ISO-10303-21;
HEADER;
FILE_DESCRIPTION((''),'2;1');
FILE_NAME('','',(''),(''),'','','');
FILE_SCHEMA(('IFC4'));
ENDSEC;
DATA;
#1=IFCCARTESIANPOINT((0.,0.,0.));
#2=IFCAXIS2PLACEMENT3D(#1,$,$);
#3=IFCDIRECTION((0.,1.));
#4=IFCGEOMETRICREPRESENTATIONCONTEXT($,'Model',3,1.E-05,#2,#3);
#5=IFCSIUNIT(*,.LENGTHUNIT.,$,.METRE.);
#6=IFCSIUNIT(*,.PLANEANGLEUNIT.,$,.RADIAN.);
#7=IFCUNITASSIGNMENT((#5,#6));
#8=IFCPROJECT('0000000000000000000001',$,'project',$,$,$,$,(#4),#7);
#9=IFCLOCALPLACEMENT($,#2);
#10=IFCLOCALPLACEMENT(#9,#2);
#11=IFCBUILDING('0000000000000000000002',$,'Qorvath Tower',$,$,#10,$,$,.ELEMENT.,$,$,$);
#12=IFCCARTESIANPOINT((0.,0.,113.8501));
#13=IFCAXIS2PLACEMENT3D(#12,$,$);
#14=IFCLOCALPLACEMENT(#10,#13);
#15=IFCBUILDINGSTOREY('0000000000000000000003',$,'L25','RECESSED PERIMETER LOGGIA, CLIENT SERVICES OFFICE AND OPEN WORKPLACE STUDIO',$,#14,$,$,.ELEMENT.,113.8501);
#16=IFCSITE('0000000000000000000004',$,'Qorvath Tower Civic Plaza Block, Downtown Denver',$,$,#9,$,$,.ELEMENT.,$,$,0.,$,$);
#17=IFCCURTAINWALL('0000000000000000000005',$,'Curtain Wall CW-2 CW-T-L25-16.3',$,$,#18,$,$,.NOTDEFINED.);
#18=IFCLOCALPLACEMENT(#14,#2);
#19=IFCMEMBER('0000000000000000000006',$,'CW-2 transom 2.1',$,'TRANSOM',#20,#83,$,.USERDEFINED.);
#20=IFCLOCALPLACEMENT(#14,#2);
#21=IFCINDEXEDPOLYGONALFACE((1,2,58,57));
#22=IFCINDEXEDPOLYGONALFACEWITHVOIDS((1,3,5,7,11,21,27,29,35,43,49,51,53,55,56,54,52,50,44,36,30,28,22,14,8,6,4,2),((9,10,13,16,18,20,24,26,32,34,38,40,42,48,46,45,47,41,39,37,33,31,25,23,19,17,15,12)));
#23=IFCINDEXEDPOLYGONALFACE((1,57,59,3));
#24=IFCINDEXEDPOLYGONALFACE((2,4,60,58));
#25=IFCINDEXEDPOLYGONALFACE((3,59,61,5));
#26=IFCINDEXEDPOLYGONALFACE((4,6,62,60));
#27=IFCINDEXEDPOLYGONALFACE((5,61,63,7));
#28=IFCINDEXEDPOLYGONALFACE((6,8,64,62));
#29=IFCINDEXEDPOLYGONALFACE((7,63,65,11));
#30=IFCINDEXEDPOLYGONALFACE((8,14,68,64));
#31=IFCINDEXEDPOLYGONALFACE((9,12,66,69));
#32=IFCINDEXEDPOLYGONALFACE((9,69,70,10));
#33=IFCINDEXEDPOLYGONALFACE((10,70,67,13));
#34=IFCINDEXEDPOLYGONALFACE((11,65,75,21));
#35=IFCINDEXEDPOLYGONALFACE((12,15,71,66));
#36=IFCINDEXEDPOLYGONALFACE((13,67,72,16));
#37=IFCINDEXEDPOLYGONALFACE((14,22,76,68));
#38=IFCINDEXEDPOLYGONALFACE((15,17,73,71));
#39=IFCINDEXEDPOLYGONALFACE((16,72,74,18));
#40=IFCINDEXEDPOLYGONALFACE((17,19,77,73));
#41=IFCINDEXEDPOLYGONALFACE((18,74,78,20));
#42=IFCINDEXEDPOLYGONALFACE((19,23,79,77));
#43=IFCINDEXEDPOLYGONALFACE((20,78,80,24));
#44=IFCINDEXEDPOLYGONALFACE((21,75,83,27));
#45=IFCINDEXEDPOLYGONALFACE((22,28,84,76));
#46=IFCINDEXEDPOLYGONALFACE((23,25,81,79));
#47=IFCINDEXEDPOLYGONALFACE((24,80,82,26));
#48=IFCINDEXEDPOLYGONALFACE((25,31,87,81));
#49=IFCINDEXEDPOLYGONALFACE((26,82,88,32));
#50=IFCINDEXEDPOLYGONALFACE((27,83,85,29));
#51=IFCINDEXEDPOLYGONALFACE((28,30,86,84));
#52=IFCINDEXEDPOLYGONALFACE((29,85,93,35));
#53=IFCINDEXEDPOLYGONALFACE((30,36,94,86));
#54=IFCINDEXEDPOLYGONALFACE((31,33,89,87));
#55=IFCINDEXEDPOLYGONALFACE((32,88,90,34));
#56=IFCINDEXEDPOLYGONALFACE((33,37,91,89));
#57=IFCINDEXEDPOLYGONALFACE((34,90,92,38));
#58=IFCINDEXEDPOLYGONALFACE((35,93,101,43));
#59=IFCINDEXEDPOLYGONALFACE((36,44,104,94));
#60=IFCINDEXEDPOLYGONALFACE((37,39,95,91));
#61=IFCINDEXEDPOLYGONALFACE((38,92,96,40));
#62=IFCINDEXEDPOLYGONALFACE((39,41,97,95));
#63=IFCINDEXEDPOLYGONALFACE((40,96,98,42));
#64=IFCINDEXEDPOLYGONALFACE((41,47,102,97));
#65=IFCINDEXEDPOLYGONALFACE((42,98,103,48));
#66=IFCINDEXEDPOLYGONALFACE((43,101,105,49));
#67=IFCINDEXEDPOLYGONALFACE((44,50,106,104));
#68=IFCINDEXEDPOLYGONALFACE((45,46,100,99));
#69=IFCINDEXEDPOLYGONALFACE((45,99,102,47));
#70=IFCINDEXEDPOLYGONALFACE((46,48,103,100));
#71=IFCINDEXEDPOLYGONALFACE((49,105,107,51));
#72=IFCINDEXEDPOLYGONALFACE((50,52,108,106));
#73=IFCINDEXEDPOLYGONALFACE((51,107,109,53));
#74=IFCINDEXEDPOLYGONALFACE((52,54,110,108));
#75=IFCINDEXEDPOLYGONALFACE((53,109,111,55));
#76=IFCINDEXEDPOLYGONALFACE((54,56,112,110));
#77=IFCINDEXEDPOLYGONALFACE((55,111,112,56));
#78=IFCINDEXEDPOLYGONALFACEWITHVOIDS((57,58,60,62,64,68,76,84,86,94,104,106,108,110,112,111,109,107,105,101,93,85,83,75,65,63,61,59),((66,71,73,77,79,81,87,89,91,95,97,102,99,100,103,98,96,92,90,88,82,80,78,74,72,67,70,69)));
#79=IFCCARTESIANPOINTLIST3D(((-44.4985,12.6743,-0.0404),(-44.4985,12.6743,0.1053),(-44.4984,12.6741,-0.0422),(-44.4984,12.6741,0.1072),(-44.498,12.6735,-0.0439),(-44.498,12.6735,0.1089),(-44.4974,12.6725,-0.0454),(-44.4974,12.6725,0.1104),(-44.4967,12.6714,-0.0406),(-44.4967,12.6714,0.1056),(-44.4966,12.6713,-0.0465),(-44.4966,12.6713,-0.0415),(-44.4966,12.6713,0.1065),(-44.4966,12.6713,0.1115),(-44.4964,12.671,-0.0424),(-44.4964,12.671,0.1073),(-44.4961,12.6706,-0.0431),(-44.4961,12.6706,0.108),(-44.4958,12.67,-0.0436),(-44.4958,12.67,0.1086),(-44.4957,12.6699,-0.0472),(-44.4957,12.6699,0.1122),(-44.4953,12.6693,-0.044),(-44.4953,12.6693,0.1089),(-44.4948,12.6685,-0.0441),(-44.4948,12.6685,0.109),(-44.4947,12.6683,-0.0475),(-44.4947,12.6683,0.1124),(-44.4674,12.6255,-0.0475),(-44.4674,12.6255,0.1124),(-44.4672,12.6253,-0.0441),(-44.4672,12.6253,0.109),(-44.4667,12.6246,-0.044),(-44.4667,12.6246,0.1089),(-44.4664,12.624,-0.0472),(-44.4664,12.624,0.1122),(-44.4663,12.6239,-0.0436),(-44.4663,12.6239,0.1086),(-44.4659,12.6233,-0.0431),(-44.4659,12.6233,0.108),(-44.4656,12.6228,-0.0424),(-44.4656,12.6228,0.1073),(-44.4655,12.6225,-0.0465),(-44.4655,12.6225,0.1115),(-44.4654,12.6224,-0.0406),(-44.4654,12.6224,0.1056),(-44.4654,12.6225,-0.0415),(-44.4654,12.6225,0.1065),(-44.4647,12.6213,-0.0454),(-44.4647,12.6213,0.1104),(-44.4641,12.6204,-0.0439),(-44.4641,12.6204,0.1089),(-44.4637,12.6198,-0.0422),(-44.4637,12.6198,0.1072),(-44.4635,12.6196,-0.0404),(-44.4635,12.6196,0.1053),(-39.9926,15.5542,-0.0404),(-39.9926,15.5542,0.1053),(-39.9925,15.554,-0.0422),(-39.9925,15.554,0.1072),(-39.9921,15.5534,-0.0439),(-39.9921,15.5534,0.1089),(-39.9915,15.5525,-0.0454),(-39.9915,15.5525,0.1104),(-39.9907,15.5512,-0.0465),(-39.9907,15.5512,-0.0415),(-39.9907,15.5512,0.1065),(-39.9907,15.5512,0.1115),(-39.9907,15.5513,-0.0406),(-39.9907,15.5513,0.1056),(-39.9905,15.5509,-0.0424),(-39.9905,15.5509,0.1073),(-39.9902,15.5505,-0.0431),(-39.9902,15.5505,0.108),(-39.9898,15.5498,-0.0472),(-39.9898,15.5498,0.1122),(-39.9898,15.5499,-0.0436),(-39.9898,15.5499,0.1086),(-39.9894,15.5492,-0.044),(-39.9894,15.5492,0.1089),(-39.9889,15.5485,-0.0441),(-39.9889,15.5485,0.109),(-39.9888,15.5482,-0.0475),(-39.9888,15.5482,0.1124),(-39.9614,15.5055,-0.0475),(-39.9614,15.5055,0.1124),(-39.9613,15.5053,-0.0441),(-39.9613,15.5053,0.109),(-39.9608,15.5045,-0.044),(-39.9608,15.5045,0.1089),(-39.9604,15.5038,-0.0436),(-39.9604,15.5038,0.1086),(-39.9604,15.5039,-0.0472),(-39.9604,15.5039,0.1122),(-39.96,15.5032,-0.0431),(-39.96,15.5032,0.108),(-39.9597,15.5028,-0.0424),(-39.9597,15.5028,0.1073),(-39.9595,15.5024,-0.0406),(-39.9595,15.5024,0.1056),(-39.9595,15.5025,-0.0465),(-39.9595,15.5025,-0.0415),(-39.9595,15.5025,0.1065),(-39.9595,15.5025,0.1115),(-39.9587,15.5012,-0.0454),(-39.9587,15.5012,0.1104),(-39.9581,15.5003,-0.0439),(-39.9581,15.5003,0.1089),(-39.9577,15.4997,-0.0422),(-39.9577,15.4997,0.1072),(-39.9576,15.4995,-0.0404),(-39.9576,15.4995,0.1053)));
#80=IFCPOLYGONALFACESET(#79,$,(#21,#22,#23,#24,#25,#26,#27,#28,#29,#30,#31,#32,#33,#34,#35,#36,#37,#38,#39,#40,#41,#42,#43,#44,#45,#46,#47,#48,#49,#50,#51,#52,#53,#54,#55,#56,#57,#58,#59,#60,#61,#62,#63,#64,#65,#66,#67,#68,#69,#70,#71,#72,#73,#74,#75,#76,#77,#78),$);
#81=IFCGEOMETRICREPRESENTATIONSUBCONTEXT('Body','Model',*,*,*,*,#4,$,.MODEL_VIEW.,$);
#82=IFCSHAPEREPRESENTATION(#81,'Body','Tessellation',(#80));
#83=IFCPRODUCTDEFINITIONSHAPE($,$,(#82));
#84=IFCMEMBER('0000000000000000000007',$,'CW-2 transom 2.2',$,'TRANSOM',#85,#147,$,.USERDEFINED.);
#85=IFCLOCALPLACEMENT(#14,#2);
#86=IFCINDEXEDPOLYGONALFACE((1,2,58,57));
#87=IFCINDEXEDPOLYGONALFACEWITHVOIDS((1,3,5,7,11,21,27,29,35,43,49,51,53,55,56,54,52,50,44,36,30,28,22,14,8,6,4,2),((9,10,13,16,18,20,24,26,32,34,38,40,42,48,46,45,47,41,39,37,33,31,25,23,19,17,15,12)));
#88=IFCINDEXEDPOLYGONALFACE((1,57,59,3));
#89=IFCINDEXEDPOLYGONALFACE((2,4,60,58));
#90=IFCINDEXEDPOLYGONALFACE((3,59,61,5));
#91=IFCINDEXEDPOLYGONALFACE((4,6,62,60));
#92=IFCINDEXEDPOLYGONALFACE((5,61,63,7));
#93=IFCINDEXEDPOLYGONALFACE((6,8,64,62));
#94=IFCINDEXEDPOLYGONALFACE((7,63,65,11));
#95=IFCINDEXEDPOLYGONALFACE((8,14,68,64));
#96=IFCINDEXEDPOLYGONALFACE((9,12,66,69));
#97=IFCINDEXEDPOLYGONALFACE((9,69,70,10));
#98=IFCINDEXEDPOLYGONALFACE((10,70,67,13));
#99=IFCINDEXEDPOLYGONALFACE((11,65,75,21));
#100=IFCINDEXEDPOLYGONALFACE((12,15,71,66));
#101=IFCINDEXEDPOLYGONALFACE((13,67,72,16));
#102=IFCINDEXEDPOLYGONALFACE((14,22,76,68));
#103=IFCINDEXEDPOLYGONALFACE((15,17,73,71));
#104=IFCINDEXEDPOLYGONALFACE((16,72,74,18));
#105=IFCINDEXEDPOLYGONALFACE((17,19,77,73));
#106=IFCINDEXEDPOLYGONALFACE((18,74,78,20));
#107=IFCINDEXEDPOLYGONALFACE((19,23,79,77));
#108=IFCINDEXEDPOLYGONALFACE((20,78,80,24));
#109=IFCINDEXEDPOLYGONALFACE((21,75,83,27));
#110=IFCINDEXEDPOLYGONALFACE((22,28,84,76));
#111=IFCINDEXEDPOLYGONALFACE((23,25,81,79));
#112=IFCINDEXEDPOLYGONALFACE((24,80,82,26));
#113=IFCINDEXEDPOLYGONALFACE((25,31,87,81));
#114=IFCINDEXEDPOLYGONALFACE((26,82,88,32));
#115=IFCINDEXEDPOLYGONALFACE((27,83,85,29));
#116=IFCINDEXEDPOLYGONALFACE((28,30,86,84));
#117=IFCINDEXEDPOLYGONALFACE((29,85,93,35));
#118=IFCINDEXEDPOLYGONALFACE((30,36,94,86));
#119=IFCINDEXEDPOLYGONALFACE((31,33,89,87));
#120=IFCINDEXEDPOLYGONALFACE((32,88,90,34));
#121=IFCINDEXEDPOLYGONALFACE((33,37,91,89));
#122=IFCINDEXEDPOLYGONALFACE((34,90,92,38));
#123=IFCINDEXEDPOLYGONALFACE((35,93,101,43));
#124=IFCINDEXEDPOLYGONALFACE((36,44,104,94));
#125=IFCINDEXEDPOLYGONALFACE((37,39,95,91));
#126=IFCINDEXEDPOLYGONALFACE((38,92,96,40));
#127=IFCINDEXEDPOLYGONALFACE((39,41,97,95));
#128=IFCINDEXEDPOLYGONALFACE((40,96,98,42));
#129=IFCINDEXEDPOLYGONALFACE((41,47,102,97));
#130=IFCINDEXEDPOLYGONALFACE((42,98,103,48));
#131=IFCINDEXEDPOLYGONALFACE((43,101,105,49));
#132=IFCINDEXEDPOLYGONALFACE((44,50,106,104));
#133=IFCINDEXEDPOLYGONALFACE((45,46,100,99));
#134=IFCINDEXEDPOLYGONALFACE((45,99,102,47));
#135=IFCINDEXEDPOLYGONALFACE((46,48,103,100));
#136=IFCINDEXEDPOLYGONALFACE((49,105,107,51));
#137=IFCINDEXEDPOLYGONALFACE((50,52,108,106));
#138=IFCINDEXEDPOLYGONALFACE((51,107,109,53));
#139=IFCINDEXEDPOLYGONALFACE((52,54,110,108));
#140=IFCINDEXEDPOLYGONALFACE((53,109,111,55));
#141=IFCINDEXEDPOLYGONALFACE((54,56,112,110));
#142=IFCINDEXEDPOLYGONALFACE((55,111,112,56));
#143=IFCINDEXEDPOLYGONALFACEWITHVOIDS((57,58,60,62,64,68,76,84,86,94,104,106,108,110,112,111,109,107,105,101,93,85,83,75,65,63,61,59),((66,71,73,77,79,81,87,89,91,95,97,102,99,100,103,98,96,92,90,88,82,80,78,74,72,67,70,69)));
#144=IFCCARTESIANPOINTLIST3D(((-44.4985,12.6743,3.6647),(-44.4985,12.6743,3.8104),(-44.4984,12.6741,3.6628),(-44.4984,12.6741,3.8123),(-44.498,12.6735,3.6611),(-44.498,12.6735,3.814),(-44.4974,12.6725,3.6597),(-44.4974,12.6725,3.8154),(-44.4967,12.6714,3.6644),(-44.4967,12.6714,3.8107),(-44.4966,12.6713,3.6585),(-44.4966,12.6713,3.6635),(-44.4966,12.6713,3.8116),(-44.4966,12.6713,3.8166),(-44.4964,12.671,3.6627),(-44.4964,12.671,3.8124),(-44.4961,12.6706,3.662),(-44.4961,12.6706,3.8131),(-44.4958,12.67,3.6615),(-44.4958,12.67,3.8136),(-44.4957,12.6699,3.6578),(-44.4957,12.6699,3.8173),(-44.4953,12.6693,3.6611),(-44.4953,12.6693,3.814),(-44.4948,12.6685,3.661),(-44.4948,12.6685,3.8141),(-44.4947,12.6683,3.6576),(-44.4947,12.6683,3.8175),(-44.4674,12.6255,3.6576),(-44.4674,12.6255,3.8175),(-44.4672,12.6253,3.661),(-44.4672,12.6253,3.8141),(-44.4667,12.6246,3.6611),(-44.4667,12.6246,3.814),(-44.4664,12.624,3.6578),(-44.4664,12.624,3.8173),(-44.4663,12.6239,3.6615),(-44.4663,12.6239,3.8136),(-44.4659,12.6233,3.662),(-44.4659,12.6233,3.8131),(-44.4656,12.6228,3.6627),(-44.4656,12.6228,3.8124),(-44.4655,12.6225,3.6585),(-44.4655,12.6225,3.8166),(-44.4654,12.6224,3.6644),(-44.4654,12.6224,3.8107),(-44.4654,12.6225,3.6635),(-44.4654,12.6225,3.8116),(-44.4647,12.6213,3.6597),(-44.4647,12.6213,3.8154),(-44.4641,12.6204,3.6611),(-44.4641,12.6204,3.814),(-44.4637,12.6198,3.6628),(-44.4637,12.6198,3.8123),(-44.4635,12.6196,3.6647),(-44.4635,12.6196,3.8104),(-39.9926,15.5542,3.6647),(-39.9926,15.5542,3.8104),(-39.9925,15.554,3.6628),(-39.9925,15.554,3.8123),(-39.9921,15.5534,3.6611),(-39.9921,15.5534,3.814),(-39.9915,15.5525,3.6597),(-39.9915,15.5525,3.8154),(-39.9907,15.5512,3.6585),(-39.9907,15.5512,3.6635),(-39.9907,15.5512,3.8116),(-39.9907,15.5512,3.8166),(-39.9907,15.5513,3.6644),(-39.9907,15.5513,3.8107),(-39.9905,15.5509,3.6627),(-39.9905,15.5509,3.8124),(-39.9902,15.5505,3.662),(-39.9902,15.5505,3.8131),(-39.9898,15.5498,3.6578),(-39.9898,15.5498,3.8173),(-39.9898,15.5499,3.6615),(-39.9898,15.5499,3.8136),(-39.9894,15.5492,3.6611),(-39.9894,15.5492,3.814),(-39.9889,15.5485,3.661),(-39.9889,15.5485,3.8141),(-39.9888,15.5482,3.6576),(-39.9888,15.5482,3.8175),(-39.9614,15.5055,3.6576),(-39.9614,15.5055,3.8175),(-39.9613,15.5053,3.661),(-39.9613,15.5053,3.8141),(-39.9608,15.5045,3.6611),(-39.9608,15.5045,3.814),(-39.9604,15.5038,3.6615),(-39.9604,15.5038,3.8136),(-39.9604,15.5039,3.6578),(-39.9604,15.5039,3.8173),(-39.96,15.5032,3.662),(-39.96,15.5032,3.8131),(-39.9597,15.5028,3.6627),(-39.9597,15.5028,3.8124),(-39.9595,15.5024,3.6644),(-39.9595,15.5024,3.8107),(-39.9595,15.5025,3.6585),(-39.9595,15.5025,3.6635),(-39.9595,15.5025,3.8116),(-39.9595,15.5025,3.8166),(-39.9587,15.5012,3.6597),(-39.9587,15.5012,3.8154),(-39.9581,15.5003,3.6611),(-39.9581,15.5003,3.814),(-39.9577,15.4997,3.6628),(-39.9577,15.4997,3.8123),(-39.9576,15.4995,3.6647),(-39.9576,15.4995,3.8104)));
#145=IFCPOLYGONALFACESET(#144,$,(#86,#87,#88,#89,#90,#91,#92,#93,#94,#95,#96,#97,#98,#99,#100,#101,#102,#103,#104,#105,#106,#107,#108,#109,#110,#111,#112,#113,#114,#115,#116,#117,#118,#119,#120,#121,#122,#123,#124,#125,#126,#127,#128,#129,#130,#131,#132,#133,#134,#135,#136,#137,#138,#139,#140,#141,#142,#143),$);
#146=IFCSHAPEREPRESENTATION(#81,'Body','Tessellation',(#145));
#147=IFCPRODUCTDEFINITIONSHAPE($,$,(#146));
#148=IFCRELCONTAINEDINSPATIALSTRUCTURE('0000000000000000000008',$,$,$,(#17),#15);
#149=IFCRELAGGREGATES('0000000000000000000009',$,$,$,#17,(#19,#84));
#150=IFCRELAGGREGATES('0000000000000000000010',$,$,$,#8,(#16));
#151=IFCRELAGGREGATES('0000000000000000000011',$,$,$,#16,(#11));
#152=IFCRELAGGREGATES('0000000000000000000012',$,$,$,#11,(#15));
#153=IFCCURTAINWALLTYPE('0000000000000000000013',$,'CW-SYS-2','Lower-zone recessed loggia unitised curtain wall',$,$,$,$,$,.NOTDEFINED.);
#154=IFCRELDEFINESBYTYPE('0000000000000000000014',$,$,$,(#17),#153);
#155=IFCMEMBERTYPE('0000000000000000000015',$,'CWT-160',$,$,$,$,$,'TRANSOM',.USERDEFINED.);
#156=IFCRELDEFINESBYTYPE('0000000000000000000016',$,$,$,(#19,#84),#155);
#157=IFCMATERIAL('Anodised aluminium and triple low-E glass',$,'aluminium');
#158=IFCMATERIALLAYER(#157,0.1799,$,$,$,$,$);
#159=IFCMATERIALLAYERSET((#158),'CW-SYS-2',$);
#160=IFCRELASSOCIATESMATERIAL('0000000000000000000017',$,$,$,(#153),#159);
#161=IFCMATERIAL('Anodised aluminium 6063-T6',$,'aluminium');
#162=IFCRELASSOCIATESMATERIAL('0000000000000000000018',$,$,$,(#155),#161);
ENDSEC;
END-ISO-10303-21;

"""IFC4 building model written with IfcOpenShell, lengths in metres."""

from ifc_helpers import new_model, si_unit, direction, frame, origin, origin_2d, place, context, subcontext, project, spatial, hollow_rectangle, extrude, material, layer, layer_set, material_profile, profile_set, type_object, element, aggregate, save


model = new_model("IFC4")

# Units and contexts
model_context = context("Model", 3, precision=1e-05, world=origin(), true_north=direction((0.0, 1.0)))
body_context = subcontext(model_context, "Body", "Model", "MODEL_VIEW")
ifc_project = project(units=[si_unit("LENGTHUNIT", "METRE"), si_unit("PLANEANGLEUNIT", "RADIAN")], contexts=[model_context])

# Site, building, storey
site_placement = place(None, origin())
site = spatial("IfcSite", under=ifc_project, at=site_placement, Name="Qorvath Tower Civic Plaza Block, Downtown Denver", CompositionType="ELEMENT", RefElevation=0.0)
building_placement = place(site_placement, origin())
building = spatial("IfcBuilding", under=site, at=building_placement, Name="Qorvath Tower", CompositionType="ELEMENT")
storey_placement = place(building_placement, frame((0.0, 0.0, 113.8501)))
storey = spatial("IfcBuildingStorey", under=building, at=storey_placement, Name="L25", Description="RECESSED PERIMETER LOGGIA, CLIENT SERVICES OFFICE AND OPEN WORKPLACE STUDIO", CompositionType="ELEMENT", Elevation=113.8501)

# Curtain wall, members
ifc_material_1 = material(Name="Anodised aluminium and triple low-E glass", Category="aluminium")
ifc_layer_1 = layer(ifc_material_1, 0.1799)
ifc_layer_set_1 = layer_set([ifc_layer_1], Name="CW-SYS-2")
curtain_wall_type = type_object("IfcCurtainWallType", Name="CW-SYS-2", Description="Lower-zone recessed loggia unitised curtain wall", PredefinedType="NOTDEFINED", material=ifc_layer_set_1)
curtain_wall_placement = place(storey_placement, origin())
curtain_wall = element("IfcCurtainWall", 1, at=curtain_wall_placement, inside=storey, type_object=curtain_wall_type, Name="Curtain Wall CW-2 CW-T-L25-16.3", PredefinedType="NOTDEFINED")
ifc_material_2 = material(Name="Anodised aluminium 6063-T6", Category="aluminium")
ifc_material_profile_1 = material_profile(ifc_material_2, hollow_rectangle(XDim=0.0649, YDim=0.1599, WallThickness=0.0034, InnerFilletRadius=0.0034, OuterFilletRadius=0.0071, at=origin_2d()), Name="CWT 160x65")
ifc_profile_set_1 = profile_set([ifc_material_profile_1], Name="Anodised aluminium 6063-T6")
member_type_1 = type_object("IfcMemberType", Name="CWT-160", ElementType="TRANSOM", PredefinedType="USERDEFINED", material=ifc_profile_set_1)
member_1_placement = place(storey_placement, frame((-39.9751, 15.5269, 0.0325), z_axis=(-0.8426, -0.538541, 0.0), x_axis=(0.538541, -0.8426, 0.0)))
member_1 = element("IfcMember", 2, at=member_1_placement, type_object=member_type_1, Name="CW-2 transom 2.1", ObjectType="TRANSOM", PredefinedType="USERDEFINED", context=body_context, shape_type="SweptSolid", body=[
    extrude(hollow_rectangle(XDim=0.0649, YDim=0.1599, WallThickness=0.0034, InnerFilletRadius=0.0034, OuterFilletRadius=0.0071, at=origin_2d()), origin(), (0.0, 0.0, 1.0), 5.3477),
])
member_2_placement = place(storey_placement, frame((-39.9751, 15.5269, 3.7375), z_axis=(-0.8426, -0.538541, 0.0), x_axis=(0.538541, -0.8426, 0.0)))
member_2 = element("IfcMember", 3, at=member_2_placement, type_object=member_type_1, Name="CW-2 transom 2.2", ObjectType="TRANSOM", PredefinedType="USERDEFINED", context=body_context, shape_type="SweptSolid", body=[
    extrude(hollow_rectangle(XDim=0.0649, YDim=0.1599, WallThickness=0.0034, InnerFilletRadius=0.0034, OuterFilletRadius=0.0071, at=origin_2d()), origin(), (0.0, 0.0, 1.0), 5.3477),
])
aggregate(curtain_wall, [member_1, member_2])

save(model, "model.ifc")
